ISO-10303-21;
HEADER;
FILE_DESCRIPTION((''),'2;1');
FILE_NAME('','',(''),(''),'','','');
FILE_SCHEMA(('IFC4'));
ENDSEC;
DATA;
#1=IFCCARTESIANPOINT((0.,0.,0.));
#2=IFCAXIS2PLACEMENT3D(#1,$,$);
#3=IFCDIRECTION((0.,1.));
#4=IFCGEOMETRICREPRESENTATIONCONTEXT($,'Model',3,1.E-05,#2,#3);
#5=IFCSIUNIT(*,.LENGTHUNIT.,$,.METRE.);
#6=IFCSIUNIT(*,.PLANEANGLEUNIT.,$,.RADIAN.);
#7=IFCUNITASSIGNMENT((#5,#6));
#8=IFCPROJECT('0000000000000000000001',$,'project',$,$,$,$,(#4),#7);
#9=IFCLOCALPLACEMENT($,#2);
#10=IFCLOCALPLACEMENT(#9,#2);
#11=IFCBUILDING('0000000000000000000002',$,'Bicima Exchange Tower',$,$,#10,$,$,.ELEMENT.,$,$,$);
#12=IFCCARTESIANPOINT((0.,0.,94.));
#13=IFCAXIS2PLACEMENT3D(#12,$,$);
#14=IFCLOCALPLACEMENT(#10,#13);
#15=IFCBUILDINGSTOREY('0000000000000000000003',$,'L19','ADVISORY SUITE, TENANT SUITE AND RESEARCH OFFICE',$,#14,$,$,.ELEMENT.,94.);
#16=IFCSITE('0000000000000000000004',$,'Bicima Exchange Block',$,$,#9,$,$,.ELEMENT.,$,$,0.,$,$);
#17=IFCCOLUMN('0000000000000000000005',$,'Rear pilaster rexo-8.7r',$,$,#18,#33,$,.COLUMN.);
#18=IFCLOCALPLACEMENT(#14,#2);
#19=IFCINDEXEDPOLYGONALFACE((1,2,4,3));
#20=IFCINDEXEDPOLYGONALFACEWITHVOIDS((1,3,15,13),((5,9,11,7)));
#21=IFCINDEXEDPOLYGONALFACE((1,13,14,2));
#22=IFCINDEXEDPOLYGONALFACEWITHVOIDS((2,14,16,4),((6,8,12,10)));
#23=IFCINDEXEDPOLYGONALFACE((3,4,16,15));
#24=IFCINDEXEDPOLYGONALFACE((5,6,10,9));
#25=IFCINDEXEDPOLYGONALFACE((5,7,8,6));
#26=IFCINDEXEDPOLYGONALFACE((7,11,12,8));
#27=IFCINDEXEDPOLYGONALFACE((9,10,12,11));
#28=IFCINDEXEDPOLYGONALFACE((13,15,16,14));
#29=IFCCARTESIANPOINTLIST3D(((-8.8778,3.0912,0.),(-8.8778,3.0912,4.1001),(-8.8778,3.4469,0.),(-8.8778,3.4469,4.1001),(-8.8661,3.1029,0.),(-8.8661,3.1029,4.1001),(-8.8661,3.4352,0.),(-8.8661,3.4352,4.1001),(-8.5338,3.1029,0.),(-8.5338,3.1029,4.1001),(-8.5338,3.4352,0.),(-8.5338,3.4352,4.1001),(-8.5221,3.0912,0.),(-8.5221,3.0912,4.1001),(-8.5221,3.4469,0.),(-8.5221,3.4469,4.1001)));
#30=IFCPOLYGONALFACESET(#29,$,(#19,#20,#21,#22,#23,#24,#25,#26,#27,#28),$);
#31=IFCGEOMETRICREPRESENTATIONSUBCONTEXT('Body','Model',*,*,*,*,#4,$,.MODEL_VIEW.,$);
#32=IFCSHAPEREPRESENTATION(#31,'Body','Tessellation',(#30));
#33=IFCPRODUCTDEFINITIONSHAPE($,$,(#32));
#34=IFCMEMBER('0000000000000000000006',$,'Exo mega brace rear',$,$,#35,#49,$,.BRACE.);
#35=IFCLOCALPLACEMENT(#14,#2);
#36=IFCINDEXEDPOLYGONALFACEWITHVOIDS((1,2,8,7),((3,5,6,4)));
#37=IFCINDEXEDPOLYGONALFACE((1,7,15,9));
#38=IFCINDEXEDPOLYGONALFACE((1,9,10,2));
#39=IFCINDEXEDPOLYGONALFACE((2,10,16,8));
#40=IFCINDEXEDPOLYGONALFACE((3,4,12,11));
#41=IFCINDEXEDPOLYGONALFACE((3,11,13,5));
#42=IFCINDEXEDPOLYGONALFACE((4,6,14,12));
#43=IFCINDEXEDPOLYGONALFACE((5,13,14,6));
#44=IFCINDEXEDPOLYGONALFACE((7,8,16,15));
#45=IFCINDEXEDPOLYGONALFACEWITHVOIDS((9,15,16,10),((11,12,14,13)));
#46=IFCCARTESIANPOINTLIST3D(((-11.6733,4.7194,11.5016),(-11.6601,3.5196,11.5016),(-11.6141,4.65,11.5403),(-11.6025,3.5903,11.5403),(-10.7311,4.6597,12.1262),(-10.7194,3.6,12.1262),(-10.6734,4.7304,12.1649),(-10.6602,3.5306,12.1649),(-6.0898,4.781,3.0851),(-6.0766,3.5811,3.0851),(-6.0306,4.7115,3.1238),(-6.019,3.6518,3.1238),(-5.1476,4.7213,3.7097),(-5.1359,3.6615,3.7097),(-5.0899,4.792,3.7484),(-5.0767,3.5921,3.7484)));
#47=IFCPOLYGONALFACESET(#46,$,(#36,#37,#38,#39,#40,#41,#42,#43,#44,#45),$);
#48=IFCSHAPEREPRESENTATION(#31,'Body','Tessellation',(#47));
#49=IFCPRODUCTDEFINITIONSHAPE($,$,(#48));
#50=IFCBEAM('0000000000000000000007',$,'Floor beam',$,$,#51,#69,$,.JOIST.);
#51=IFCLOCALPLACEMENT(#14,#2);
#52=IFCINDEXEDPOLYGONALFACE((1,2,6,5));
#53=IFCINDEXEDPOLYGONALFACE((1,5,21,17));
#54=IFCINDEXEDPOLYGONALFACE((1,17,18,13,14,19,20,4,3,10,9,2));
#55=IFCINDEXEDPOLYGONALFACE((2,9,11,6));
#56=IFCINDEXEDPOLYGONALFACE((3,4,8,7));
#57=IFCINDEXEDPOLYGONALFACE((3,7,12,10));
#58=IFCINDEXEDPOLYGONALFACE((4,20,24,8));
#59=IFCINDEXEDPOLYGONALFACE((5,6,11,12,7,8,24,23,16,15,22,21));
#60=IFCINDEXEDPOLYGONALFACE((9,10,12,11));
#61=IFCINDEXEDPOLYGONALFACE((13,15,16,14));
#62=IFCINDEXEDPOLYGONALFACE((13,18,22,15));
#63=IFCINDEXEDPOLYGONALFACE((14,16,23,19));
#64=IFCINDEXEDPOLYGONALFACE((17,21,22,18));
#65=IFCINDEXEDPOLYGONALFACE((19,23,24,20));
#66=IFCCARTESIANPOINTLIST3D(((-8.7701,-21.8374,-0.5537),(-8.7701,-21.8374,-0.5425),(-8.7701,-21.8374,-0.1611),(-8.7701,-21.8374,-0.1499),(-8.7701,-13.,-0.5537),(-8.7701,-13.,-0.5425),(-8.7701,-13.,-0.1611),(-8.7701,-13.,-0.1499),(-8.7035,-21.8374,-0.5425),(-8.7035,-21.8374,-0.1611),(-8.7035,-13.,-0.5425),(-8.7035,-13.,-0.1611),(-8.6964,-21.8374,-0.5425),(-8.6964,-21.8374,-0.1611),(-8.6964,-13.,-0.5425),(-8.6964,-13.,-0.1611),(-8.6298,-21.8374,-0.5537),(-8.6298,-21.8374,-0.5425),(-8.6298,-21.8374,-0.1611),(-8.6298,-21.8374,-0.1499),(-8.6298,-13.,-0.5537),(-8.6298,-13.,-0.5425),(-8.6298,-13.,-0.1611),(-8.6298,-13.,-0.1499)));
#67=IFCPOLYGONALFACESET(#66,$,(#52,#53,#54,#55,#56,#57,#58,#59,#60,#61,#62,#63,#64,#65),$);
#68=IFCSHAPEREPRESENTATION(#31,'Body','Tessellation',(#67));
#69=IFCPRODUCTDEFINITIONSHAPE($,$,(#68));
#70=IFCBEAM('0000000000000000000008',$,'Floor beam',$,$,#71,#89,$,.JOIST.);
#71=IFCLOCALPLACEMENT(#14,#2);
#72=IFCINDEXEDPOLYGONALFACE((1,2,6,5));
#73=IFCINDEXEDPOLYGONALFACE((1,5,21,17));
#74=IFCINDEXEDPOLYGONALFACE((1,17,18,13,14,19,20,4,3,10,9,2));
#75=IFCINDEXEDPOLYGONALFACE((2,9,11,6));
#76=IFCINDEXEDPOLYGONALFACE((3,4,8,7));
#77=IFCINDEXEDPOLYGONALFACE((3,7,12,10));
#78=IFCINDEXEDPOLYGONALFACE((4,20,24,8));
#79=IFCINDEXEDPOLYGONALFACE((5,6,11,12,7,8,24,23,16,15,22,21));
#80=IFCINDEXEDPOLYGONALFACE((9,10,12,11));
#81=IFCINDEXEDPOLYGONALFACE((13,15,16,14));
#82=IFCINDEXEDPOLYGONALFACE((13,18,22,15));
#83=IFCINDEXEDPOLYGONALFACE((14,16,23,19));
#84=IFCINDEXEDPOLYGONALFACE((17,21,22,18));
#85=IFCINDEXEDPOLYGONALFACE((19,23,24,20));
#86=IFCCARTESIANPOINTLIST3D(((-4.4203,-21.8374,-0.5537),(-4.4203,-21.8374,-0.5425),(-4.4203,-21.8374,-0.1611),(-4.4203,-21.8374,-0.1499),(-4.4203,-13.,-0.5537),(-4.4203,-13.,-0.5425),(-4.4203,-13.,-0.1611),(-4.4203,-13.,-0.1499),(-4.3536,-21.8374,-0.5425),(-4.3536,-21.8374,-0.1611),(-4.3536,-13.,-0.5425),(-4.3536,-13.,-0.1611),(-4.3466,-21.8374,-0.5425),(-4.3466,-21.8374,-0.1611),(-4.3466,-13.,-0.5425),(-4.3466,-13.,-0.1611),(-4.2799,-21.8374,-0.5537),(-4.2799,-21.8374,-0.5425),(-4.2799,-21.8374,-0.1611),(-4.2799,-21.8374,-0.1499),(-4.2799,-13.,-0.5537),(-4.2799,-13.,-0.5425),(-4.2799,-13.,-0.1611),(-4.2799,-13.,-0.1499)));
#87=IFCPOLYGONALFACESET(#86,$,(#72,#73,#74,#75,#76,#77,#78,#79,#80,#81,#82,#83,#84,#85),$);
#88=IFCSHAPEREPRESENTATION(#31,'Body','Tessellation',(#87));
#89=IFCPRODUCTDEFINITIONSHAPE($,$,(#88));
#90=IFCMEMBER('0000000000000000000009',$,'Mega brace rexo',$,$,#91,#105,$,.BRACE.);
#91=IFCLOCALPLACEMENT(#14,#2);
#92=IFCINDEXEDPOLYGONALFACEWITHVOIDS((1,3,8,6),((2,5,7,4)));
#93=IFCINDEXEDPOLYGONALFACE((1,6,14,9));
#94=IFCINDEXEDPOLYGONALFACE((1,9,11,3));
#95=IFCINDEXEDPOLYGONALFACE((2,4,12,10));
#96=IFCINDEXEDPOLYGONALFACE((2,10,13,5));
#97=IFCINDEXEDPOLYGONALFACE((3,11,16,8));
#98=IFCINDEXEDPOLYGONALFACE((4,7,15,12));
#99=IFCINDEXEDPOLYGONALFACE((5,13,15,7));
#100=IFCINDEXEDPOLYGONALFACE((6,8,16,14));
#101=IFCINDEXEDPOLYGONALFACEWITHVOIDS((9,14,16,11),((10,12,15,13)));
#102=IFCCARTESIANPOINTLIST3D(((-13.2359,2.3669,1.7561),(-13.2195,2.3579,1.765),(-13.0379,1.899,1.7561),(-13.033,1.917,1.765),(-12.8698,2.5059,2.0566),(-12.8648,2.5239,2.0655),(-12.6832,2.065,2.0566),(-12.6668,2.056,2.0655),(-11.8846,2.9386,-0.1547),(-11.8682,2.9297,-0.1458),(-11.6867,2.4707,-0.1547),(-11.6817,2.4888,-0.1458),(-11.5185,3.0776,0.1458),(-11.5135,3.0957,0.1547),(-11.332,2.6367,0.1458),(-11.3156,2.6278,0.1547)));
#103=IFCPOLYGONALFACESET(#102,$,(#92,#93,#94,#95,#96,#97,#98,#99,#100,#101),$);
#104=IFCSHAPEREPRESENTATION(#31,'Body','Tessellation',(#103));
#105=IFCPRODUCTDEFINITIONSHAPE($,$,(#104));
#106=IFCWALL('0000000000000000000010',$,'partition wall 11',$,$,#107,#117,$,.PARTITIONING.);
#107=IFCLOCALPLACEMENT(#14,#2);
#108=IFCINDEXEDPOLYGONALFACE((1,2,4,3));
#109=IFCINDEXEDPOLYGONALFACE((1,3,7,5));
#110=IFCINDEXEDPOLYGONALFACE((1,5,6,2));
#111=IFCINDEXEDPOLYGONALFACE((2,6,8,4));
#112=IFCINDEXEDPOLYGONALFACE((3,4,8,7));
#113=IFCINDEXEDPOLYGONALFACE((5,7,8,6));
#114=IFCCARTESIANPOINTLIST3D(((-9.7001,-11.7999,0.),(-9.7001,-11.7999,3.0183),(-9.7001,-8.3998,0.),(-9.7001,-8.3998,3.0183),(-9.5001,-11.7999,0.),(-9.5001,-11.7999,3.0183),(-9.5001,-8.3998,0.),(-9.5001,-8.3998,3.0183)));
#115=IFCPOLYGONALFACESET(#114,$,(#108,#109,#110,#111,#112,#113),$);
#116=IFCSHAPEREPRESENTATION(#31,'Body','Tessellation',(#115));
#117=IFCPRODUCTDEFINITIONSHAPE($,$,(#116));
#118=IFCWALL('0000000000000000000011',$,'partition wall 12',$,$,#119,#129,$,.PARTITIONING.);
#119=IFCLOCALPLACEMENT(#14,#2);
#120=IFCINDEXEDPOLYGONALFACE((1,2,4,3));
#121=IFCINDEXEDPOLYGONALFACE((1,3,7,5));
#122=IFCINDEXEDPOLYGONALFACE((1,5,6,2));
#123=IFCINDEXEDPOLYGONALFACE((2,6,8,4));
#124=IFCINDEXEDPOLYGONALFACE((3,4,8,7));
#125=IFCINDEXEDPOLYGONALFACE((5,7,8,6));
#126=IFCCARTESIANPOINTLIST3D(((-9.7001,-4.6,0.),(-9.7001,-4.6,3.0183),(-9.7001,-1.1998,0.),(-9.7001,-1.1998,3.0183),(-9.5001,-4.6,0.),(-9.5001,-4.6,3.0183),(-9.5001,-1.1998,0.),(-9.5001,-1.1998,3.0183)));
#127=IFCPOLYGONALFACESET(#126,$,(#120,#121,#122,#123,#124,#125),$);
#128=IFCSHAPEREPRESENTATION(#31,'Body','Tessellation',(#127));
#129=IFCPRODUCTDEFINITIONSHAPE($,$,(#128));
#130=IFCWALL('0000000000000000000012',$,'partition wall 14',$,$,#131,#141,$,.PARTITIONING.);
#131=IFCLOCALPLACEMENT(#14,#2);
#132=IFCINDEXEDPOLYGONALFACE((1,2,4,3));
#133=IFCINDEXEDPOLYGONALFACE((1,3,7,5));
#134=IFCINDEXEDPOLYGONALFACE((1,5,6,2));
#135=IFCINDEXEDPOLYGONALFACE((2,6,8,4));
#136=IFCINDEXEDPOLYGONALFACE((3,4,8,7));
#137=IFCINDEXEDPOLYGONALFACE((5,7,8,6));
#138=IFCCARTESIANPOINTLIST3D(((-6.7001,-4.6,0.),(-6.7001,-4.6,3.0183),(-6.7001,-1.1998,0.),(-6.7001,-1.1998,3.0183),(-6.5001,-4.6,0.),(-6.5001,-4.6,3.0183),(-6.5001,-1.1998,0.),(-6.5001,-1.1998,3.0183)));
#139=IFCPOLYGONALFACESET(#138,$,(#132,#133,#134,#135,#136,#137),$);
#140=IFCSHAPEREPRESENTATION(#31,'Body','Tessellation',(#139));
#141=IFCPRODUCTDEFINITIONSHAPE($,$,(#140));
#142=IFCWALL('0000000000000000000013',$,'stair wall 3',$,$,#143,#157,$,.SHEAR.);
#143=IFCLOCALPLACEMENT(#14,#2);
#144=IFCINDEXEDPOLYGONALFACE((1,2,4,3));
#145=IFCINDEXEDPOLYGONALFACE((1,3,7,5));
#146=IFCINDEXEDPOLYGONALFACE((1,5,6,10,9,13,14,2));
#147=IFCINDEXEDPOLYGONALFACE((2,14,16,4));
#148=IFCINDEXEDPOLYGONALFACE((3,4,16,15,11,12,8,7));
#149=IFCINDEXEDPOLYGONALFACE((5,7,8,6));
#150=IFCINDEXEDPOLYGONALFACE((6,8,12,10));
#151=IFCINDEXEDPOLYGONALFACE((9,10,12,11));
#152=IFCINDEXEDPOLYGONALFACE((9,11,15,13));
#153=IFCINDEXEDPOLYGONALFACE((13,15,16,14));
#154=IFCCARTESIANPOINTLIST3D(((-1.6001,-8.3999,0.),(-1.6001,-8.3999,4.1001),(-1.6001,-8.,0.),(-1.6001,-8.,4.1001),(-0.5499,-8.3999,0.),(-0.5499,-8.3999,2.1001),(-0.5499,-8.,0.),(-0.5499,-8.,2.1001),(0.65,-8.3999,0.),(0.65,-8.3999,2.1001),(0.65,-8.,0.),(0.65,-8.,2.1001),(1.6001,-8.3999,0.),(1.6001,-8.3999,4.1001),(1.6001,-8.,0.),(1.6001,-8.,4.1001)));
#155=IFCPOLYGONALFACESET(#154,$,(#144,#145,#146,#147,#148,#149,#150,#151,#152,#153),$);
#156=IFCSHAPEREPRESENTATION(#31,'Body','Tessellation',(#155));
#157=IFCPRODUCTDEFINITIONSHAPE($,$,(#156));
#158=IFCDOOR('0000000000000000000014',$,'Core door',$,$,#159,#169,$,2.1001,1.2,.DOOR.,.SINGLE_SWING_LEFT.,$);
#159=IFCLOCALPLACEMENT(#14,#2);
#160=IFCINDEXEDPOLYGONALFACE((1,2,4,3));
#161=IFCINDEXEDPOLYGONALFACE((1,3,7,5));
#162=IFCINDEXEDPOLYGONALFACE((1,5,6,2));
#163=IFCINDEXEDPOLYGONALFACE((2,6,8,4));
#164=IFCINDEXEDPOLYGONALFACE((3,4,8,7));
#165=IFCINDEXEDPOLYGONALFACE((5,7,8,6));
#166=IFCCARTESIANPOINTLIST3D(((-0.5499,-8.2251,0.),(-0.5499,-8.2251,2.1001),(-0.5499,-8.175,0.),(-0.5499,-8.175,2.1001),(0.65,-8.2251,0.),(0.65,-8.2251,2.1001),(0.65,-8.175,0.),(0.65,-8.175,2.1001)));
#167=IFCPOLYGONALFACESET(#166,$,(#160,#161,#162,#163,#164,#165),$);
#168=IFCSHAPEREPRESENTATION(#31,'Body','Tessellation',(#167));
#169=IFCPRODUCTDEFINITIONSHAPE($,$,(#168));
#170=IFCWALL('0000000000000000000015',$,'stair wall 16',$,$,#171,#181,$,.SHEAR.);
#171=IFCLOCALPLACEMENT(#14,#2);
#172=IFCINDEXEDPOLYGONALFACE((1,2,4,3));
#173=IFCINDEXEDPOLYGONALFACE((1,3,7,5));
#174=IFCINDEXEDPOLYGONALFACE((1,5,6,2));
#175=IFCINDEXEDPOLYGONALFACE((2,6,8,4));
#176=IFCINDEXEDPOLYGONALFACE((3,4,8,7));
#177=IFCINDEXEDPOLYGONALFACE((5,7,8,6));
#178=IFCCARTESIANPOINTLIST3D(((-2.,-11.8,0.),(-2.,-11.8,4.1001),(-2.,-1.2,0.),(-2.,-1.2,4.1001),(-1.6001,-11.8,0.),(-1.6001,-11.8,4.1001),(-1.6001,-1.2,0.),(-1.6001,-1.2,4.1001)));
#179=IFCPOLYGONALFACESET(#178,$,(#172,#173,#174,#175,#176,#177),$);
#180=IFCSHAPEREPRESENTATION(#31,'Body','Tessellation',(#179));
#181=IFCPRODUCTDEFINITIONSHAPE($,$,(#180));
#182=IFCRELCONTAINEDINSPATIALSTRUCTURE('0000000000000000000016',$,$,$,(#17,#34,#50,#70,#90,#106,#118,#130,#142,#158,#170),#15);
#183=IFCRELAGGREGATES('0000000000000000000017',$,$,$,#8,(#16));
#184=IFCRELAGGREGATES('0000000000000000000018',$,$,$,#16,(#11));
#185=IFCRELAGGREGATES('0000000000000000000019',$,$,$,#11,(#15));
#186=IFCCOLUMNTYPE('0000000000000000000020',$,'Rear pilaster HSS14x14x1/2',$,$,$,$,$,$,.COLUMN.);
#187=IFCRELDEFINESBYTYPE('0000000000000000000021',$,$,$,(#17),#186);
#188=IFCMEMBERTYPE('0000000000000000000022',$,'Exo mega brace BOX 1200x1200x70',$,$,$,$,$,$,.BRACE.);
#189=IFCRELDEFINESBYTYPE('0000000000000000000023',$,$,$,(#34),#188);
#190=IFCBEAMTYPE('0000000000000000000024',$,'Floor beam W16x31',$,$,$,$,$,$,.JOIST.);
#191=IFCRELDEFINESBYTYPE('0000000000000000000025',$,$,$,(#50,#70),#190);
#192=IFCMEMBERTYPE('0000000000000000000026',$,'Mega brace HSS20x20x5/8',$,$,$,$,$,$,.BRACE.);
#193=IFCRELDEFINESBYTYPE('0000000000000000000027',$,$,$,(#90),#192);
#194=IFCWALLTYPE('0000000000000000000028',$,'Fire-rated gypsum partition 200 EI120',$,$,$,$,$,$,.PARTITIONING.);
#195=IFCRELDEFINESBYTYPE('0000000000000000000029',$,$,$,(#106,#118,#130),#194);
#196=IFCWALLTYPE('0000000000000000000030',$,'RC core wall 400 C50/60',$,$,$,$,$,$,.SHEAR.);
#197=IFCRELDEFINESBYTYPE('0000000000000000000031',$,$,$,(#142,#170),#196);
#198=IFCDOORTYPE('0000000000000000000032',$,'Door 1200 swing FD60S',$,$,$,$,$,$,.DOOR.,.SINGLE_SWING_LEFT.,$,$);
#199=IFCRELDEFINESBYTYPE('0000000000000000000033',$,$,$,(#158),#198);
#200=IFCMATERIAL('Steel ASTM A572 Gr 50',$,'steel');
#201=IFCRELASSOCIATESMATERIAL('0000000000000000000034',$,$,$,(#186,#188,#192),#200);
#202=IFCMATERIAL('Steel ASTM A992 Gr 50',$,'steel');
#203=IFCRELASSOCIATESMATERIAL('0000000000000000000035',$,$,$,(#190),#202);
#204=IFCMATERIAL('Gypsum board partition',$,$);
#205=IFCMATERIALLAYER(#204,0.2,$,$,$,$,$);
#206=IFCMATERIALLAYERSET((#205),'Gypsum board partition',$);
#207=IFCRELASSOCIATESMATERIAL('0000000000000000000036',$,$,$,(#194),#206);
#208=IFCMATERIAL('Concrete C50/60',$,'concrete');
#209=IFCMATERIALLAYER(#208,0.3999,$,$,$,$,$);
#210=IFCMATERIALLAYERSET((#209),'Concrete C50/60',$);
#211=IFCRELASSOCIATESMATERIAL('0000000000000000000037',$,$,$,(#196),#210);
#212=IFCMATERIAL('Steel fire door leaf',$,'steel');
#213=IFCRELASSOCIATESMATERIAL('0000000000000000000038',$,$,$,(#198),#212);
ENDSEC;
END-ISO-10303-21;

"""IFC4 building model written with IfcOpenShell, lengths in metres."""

from ifc_helpers import new_model, si_unit, direction, frame, frame_2d, origin, origin_2d, place, context, subcontext, project, spatial, rectangle, hollow_rectangle, i_section, extrude, material, layer, layer_set, material_profile, profile_set, type_object, element, fill, save


model = new_model("IFC4")

# Units and contexts
model_context = context("Model", 3, precision=1e-05, world=origin(), true_north=direction((0.0, 1.0)))
body_context = subcontext(model_context, "Body", "Model", "MODEL_VIEW")
ifc_project = project(units=[si_unit("LENGTHUNIT", "METRE"), si_unit("PLANEANGLEUNIT", "RADIAN")], contexts=[model_context])

# Site, building, storey
site_placement = place(None, origin())
site = spatial("IfcSite", under=ifc_project, at=site_placement, Name="Bicima Exchange Block", CompositionType="ELEMENT", RefElevation=0.0)
building_placement = place(site_placement, origin())
building = spatial("IfcBuilding", under=site, at=building_placement, Name="Bicima Exchange Tower", CompositionType="ELEMENT")
storey_placement = place(building_placement, frame((0.0, 0.0, 94.0)))
storey = spatial("IfcBuildingStorey", under=building, at=storey_placement, Name="L19", Description="ADVISORY SUITE, TENANT SUITE AND RESEARCH OFFICE", CompositionType="ELEMENT", Elevation=94.0)

# Column
ifc_material_1 = material(Name="Steel ASTM A572 Gr 50", Category="steel")
ifc_material_profile_1 = material_profile(ifc_material_1, hollow_rectangle(XDim=0.3557, YDim=0.3557, WallThickness=0.0117, at=origin_2d()))
ifc_profile_set_1 = profile_set([ifc_material_profile_1], Name="Steel ASTM A572 Gr 50")
column_type = type_object("IfcColumnType", Name="Rear pilaster HSS14x14x1/2", PredefinedType="COLUMN", material=ifc_profile_set_1)
column_placement = place(storey_placement, frame((-8.7, 3.269, 0.0), z_axis=(0.0, 0.0, 1.0), x_axis=(1.0, 0.0, 0.0)))
element("IfcColumn", 1, at=column_placement, inside=storey, type_object=column_type, Name="Rear pilaster rexo-8.7r", PredefinedType="COLUMN", context=body_context, shape_type="SweptSolid", body=[
    extrude(hollow_rectangle(XDim=0.3557, YDim=0.3557, WallThickness=0.0117, at=origin_2d()), origin(), (0.0, 0.0, 1.0), 4.1001),
])

# Member
ifc_material_profile_2 = material_profile(ifc_material_1, hollow_rectangle(XDim=1.2, YDim=1.2, WallThickness=0.0701, at=origin_2d()))
ifc_profile_set_2 = profile_set([ifc_material_profile_2], Name="Steel ASTM A572 Gr 50")
member_type_1 = type_object("IfcMemberType", Name="Exo mega brace BOX 1200x1200x70", PredefinedType="BRACE", material=ifc_profile_set_2)
member_1_placement = place(storey_placement, frame((-5.5833, 4.1865, 3.4167), z_axis=(-0.552803, -0.006091, 0.83329), x_axis=(0.011018, -0.999939, 0.0)))
element("IfcMember", 2, at=member_1_placement, inside=storey, type_object=member_type_1, Name="Exo mega brace rear", PredefinedType="BRACE", context=body_context, shape_type="SweptSolid", body=[
    extrude(hollow_rectangle(XDim=1.2, YDim=1.2, WallThickness=0.0701, at=origin_2d()), origin(), (0.0, 0.0, 1.0), 10.1003),
])

# Beams
ifc_material_2 = material(Name="Steel ASTM A992 Gr 50", Category="steel")
ifc_material_profile_3 = material_profile(ifc_material_2, i_section(OverallWidth=0.1404, OverallDepth=0.4038, WebThickness=0.0071, FlangeThickness=0.0112, at=origin_2d()))
ifc_profile_set_3 = profile_set([ifc_material_profile_3], Name="Steel ASTM A992 Gr 50")
beam_type = type_object("IfcBeamType", Name="Floor beam W16x31", PredefinedType="JOIST", material=ifc_profile_set_3)
for number, where, z_axis, x_axis, name in (
    (3, (-8.7, -13.0, -0.3518), (0.0, -1.0, 0.0), (1.0, 0.0, 0.0), "Floor beam"),
    (4, (-4.3501, -13.0, -0.3518), (0.0, -1.0, 0.0), (1.0, 0.0, 0.0), "Floor beam"),
):
    element("IfcBeam", number, at=place(storey_placement, frame(where, z_axis=z_axis, x_axis=x_axis)), inside=storey, type_object=beam_type, Name=name, PredefinedType="JOIST", context=body_context, shape_type="SweptSolid", body=[
        extrude(i_section(OverallWidth=0.1404, OverallDepth=0.4038, WebThickness=0.0071, FlangeThickness=0.0112, at=origin_2d()), origin(), (0.0, 0.0, 1.0), 8.8374),
    ])

# Member
ifc_material_profile_4 = material_profile(ifc_material_1, hollow_rectangle(XDim=0.5081, YDim=0.5081, WallThickness=0.0146, at=origin_2d()))
ifc_profile_set_4 = profile_set([ifc_material_profile_4], Name="Steel ASTM A572 Gr 50")
member_type_2 = type_object("IfcMemberType", Name="Mega brace HSS20x20x5/8", PredefinedType="BRACE", material=ifc_profile_set_4)
member_2_placement = place(storey_placement, frame((-11.6001, 2.7832, 0.0), z_axis=(-0.560888, -0.237326, 0.793147), x_axis=(0.389678, -0.920951, 0.0)))
element("IfcMember", 5, at=member_2_placement, inside=storey, type_object=member_type_2, Name="Mega brace rexo", PredefinedType="BRACE", context=body_context, shape_type="SweptSolid", body=[
    extrude(hollow_rectangle(XDim=0.5081, YDim=0.5081, WallThickness=0.0146, at=origin_2d()), origin(), (0.0, 0.0, 1.0), 2.4092),
])

# Walls
ifc_material_3 = material(Name="Gypsum board partition")
ifc_layer_1 = layer(ifc_material_3, 0.2)
ifc_layer_set_1 = layer_set([ifc_layer_1], Name="Gypsum board partition")
wall_type_1 = type_object("IfcWallType", Name="Fire-rated gypsum partition 200 EI120", PredefinedType="PARTITIONING", material=ifc_layer_set_1)
for number, where, z_axis, x_axis, name in (
    (6, (-9.6001, -11.8, 0.0), (0.0, 0.0, 1.0), (0.0, 1.0, 0.0), "partition wall 11"),
    (7, (-9.6001, -4.6001, 0.0), (0.0, 0.0, 1.0), (0.0, 1.0, 0.0), "partition wall 12"),
    (8, (-6.6001, -4.6001, 0.0), (0.0, 0.0, 1.0), (0.0, 1.0, 0.0), "partition wall 14"),
):
    element("IfcWall", number, at=place(storey_placement, frame(where, z_axis=z_axis, x_axis=x_axis)), inside=storey, type_object=wall_type_1, Name=name, PredefinedType="PARTITIONING", context=body_context, shape_type="SweptSolid", body=[
        extrude(rectangle(XDim=3.4001, YDim=0.2, at=frame_2d((1.7002, 0.0))), origin(), (0.0, 0.0, 1.0), 3.0183),
    ])

# Wall, opening, door
ifc_material_4 = material(Name="Concrete C50/60", Category="concrete")
ifc_layer_2 = layer(ifc_material_4, 0.3999)
ifc_layer_set_2 = layer_set([ifc_layer_2], Name="Concrete C50/60")
wall_type_2 = type_object("IfcWallType", Name="RC core wall 400 C50/60", PredefinedType="SHEAR", material=ifc_layer_set_2)
wall_1_placement = place(storey_placement, frame((-1.6001, -8.2, 0.0), z_axis=(0.0, 0.0, 1.0), x_axis=(1.0, 0.0, 0.0)))
wall_1 = element("IfcWall", 9, at=wall_1_placement, inside=storey, type_object=wall_type_2, Name="stair wall 3", PredefinedType="SHEAR", context=body_context, shape_type="SweptSolid", body=[
    extrude(rectangle(XDim=3.2002, YDim=0.3999, at=frame_2d((1.6001, 0.0))), origin(), (0.0, 0.0, 1.0), 4.1001),
])
opening_1_placement = place(wall_1_placement, frame((1.05, 0.0, 0.0)))
opening_1 = element("IfcOpeningElement", 10, at=opening_1_placement, cuts=wall_1, PredefinedType="OPENING", context=body_context, shape_type="SweptSolid", body=[
    extrude(rectangle(XDim=1.2, YDim=2.1001, at=frame_2d((0.6001, 1.05))), frame((0.0, 0.2119, 0.0), z_axis=(0.0, -1.0, 0.0), x_axis=(1.0, 0.0, 0.0)), (0.0, 0.0, 1.0), 0.4238),
])
ifc_material_5 = material(Name="Steel fire door leaf", Category="steel")
door_type_1 = type_object("IfcDoorType", Name="Door 1200 swing FD60S", OperationType="SINGLE_SWING_LEFT", PredefinedType="DOOR", material=ifc_material_5)
door_1_placement = place(opening_1_placement, origin())
door_1 = element("IfcDoor", 11, at=door_1_placement, inside=storey, type_object=door_type_1, Name="Core door", OperationType="SINGLE_SWING_LEFT", OverallHeight=2.1001, OverallWidth=1.2, PredefinedType="DOOR", context=body_context, shape_type="SweptSolid", body=[
    extrude(rectangle(XDim=1.2, YDim=2.1001, at=frame_2d((0.6001, 1.05))), frame((0.0, 0.0249, 0.0), z_axis=(0.0, -1.0, 0.0), x_axis=(1.0, 0.0, 0.0)), (0.0, 0.0, 1.0), 0.05),
])
fill(opening_1, door_1)

# Wall
wall_2_placement = place(storey_placement, frame((-1.8, -11.8, 0.0), z_axis=(0.0, 0.0, 1.0), x_axis=(0.0, 1.0, 0.0)))
element("IfcWall", 12, at=wall_2_placement, inside=storey, type_object=wall_type_2, Name="stair wall 16", PredefinedType="SHEAR", context=body_context, shape_type="SweptSolid", body=[
    extrude(rectangle(XDim=10.6001, YDim=0.3999, at=frame_2d((5.3, 0.0))), origin(), (0.0, 0.0, 1.0), 4.1001),
])

save(model, "model.ifc")
